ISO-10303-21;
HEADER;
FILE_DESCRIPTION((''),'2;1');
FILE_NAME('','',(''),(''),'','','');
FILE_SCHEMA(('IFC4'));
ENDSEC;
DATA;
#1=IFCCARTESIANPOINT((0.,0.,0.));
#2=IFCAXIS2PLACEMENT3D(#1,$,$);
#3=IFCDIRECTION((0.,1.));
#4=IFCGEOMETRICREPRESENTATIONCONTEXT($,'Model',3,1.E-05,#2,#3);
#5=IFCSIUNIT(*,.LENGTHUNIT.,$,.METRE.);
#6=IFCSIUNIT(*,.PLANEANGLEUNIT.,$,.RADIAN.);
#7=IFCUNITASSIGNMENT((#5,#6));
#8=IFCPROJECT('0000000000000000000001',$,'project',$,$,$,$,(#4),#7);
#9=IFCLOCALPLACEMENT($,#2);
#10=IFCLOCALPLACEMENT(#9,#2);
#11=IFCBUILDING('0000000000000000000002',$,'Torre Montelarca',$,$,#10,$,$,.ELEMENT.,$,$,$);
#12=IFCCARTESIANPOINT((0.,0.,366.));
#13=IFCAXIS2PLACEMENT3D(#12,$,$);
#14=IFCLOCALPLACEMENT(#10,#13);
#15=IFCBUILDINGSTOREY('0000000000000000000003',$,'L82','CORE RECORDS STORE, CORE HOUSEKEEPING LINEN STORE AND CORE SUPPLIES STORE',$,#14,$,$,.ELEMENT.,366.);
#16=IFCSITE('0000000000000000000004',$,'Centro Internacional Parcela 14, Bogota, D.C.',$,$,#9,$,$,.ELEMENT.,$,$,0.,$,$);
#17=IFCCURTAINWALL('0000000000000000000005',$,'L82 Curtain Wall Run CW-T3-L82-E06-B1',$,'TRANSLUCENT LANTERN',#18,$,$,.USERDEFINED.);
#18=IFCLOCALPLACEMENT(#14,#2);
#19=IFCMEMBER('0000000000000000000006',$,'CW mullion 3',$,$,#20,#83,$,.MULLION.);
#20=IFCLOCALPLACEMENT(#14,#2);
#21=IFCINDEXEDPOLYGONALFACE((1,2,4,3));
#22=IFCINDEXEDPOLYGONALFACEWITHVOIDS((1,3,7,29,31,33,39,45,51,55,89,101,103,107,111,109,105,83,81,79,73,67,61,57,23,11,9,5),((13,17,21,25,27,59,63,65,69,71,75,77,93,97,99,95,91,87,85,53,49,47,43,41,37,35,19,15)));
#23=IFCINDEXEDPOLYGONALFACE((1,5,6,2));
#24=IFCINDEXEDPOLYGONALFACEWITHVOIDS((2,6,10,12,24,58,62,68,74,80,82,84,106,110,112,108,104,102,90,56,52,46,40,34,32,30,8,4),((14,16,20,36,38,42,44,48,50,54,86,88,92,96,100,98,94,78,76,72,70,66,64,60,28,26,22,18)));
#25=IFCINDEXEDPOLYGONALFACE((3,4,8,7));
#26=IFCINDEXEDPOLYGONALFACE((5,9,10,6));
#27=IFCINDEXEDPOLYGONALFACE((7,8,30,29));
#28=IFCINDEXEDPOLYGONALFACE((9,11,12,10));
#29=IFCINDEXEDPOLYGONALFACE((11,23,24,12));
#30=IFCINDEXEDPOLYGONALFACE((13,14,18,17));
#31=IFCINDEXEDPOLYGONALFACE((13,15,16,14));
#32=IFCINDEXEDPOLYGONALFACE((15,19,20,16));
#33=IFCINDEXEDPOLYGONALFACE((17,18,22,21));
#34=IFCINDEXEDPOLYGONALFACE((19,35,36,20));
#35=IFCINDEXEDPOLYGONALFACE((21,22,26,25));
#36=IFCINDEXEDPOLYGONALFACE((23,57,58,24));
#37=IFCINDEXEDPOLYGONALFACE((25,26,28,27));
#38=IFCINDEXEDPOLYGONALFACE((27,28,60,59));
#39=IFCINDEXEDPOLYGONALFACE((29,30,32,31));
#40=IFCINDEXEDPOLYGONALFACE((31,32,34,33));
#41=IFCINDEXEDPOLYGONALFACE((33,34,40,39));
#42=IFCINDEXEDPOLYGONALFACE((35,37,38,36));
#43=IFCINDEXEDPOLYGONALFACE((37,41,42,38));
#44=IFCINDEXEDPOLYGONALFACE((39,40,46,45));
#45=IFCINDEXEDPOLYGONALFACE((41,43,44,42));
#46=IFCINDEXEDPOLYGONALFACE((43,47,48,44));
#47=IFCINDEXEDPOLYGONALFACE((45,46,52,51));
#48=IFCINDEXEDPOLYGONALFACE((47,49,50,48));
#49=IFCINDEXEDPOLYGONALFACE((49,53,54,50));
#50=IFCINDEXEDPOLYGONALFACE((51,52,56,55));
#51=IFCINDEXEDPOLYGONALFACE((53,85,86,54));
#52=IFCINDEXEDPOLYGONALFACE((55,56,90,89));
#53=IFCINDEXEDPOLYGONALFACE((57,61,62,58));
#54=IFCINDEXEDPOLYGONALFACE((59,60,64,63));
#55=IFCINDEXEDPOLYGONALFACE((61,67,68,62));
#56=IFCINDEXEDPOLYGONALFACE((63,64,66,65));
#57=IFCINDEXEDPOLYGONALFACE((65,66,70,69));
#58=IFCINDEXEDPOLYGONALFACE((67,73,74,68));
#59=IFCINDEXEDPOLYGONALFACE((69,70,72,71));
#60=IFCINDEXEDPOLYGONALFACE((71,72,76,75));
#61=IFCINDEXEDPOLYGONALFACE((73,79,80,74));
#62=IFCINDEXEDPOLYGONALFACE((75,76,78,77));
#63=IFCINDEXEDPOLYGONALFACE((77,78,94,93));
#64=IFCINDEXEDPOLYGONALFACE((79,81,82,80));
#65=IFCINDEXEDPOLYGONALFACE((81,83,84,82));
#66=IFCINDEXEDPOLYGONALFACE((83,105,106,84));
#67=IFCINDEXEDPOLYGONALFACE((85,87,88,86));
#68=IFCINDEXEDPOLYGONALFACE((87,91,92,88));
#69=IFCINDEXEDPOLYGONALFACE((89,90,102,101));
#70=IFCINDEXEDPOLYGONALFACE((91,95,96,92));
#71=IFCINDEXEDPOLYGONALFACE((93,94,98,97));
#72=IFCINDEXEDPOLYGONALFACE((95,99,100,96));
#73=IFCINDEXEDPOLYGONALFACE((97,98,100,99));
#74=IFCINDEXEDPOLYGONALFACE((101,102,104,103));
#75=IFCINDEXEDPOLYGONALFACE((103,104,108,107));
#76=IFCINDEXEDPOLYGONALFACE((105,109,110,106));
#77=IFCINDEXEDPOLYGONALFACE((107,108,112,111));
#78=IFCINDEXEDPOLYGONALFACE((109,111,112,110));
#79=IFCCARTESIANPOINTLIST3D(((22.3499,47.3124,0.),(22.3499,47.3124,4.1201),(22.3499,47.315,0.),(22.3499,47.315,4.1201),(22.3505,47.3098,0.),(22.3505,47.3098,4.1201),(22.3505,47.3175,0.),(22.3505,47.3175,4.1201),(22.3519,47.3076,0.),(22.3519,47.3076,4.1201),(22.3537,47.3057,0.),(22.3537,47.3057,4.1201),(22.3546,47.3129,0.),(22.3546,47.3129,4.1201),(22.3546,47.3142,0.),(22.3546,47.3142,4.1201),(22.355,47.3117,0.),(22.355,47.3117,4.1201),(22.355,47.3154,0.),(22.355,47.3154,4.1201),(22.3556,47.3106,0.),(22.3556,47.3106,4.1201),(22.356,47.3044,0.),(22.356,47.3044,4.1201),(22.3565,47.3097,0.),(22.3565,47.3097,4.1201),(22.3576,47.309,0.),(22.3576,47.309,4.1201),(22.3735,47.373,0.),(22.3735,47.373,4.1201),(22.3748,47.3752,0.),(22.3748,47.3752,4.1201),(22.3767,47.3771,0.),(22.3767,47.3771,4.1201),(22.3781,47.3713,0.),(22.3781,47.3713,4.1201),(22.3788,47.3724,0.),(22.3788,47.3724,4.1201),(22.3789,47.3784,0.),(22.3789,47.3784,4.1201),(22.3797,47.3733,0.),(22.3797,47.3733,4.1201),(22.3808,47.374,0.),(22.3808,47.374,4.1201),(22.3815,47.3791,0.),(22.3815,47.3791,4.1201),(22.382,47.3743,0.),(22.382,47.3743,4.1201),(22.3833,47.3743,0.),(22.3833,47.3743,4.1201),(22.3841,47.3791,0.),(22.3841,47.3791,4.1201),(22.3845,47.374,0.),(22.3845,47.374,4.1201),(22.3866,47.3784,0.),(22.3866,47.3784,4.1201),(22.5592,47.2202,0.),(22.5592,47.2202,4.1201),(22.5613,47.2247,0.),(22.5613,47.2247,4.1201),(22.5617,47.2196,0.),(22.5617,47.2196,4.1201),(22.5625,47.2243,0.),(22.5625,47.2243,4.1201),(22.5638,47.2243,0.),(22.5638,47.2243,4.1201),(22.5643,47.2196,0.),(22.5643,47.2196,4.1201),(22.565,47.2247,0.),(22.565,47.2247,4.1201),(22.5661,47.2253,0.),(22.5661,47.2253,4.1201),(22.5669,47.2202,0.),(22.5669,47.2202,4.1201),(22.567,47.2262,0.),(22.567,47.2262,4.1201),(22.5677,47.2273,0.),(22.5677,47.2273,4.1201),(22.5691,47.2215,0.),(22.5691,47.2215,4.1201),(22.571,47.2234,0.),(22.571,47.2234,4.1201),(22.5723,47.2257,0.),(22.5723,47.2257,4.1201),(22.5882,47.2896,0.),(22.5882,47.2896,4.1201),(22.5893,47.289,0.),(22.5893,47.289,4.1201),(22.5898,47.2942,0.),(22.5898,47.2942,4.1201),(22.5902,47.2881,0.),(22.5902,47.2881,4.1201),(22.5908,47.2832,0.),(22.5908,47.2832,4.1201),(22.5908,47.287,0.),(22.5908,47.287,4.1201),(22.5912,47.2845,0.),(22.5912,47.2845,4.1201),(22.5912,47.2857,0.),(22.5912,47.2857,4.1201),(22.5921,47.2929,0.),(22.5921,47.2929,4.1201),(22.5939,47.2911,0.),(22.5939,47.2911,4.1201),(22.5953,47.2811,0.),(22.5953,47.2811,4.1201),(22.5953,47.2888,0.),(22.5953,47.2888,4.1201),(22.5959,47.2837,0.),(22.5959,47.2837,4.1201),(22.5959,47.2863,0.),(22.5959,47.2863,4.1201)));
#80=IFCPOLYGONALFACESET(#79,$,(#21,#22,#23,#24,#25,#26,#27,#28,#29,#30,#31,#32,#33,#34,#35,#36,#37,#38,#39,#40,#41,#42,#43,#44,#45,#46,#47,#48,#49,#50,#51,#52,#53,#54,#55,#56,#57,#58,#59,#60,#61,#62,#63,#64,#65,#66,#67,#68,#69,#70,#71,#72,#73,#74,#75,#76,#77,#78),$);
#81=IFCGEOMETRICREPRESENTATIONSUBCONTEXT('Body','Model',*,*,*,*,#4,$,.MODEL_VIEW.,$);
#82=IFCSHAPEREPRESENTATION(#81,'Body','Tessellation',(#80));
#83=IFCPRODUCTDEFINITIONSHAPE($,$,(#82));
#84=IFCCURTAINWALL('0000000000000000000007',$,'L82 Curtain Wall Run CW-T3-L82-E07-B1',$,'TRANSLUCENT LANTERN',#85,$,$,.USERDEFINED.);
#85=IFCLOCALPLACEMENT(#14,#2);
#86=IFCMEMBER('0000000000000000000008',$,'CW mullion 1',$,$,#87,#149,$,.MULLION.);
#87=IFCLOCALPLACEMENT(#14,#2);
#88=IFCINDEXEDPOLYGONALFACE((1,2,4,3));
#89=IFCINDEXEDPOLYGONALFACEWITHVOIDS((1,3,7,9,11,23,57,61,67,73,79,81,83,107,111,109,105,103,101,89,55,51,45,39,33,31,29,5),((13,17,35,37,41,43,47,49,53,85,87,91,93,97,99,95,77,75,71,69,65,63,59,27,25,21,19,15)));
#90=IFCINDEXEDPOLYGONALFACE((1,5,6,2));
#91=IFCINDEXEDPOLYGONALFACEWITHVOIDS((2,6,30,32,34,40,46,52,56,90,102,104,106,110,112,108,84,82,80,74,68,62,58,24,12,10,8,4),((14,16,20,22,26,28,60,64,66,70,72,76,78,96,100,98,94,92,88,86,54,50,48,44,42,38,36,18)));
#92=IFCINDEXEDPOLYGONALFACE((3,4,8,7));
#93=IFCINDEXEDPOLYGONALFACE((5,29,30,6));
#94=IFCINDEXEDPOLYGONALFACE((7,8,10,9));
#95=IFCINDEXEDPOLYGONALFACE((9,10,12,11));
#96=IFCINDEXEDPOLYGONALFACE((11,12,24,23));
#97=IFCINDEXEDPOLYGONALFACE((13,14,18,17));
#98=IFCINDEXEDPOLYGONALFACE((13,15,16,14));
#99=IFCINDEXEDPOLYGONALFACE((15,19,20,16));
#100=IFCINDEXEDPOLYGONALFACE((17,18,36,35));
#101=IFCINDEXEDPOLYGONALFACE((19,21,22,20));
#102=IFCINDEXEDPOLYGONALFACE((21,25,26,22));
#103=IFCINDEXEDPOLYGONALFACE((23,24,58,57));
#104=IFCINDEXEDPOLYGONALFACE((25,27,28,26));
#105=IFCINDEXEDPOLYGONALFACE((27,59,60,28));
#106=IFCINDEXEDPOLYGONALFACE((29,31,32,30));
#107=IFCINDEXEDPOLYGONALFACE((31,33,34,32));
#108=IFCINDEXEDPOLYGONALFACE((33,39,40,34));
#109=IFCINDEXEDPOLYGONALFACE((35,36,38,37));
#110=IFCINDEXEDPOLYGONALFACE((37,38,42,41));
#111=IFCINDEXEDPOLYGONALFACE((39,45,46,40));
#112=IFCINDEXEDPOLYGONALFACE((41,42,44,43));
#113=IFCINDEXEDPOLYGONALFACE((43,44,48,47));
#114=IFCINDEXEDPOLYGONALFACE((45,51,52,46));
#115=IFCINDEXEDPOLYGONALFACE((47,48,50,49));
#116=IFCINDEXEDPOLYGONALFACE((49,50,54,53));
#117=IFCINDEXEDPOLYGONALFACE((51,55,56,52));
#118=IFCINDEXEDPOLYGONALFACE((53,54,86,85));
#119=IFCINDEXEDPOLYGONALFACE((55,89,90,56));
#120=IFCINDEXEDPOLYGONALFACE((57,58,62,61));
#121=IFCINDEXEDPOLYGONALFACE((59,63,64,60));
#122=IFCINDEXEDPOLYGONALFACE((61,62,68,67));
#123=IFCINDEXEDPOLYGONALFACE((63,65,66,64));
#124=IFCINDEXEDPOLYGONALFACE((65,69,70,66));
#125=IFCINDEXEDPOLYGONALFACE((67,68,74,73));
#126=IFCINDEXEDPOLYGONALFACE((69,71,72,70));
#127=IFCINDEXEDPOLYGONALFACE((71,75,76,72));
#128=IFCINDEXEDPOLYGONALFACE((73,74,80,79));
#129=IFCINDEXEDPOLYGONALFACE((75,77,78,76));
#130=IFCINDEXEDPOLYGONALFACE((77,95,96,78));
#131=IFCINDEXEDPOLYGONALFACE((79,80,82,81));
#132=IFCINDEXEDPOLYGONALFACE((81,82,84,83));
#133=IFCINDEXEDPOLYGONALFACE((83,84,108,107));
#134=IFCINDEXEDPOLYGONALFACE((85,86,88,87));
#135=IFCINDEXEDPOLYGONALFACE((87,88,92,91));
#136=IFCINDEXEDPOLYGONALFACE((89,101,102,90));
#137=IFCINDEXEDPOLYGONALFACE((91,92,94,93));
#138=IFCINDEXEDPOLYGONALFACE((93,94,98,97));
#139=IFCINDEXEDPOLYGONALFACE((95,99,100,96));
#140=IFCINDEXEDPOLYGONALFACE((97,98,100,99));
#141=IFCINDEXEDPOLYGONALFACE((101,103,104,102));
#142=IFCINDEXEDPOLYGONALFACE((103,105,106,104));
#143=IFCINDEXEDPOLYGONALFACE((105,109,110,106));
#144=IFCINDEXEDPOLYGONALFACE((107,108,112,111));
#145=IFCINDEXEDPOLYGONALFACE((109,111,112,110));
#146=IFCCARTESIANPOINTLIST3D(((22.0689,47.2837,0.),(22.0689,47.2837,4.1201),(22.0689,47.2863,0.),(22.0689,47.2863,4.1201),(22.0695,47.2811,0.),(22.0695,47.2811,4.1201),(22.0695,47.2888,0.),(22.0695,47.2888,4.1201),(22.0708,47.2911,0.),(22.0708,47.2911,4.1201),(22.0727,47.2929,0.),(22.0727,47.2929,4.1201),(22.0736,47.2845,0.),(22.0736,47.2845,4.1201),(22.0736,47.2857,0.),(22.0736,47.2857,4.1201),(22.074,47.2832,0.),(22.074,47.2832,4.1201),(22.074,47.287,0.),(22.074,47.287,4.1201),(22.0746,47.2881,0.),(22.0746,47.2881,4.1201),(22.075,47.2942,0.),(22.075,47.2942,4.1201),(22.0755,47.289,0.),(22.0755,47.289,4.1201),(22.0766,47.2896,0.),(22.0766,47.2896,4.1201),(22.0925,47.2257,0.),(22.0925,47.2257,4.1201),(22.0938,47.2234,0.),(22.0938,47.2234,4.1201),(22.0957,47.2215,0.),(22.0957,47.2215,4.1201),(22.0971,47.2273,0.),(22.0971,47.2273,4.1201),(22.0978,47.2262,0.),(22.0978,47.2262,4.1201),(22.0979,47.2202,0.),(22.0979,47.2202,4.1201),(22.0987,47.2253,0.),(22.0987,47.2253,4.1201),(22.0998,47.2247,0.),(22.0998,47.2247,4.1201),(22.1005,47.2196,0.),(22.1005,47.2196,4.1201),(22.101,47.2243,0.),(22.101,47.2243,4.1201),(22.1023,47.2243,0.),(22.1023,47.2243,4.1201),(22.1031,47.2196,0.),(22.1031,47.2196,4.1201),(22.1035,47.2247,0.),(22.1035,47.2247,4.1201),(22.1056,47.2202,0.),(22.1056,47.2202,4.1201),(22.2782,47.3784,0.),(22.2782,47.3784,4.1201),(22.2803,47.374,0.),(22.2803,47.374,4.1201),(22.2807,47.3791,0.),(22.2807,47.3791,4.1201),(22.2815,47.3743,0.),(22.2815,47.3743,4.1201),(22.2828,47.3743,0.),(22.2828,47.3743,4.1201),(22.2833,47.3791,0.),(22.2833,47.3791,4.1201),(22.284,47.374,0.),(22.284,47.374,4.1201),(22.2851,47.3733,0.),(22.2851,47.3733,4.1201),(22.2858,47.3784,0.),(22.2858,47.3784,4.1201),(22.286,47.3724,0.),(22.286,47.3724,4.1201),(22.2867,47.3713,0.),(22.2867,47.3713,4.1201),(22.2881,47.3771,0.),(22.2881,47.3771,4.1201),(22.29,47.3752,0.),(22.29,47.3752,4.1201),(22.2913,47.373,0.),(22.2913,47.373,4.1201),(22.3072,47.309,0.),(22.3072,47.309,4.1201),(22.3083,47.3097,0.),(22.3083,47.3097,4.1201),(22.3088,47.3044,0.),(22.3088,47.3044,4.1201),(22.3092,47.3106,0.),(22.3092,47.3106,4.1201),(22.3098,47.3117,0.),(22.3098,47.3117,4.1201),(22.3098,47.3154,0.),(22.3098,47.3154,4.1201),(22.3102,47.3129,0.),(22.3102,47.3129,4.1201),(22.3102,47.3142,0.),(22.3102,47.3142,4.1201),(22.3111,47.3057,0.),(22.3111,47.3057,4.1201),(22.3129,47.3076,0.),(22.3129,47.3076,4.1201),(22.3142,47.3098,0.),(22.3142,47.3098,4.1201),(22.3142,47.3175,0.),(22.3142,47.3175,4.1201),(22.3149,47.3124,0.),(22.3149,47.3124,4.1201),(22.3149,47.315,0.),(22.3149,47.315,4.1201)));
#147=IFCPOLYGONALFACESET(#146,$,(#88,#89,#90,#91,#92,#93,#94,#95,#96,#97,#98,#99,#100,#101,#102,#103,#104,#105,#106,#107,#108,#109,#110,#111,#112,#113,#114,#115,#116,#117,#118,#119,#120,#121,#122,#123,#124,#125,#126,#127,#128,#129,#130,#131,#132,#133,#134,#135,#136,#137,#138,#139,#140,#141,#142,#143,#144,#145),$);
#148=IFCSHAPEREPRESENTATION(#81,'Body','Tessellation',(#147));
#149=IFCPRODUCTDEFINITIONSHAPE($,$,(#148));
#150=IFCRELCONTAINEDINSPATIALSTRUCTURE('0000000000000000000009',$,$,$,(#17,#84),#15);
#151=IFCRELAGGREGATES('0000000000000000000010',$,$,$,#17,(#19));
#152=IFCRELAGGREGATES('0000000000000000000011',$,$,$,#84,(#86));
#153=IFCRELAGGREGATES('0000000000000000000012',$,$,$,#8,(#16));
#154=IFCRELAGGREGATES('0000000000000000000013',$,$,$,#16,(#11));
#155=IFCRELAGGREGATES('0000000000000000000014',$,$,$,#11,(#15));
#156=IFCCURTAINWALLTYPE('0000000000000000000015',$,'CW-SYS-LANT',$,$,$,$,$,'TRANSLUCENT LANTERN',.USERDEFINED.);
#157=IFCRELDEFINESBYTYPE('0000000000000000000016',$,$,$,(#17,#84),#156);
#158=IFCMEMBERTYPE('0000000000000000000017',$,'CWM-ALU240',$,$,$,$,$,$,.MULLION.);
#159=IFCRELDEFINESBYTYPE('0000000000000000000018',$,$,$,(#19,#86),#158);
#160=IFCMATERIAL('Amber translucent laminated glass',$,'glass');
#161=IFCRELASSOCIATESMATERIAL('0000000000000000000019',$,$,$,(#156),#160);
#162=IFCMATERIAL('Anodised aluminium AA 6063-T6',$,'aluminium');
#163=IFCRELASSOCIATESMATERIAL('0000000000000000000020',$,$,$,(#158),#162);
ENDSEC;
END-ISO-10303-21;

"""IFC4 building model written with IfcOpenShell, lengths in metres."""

from ifc_helpers import new_model, si_unit, direction, frame, origin, origin_2d, place, context, subcontext, project, spatial, hollow_rectangle, extrude, source, transform, mapped, material, material_profile, profile_set, type_object, element, aggregate, save


model = new_model("IFC4")

# Units and contexts
model_context = context("Model", 3, precision=1e-05, world=origin(), true_north=direction((0.0, 1.0)))
body_context = subcontext(model_context, "Body", "Model", "MODEL_VIEW")
ifc_project = project(units=[si_unit("LENGTHUNIT", "METRE"), si_unit("PLANEANGLEUNIT", "RADIAN")], contexts=[model_context])

# Site, building, storey
site_placement = place(None, origin())
site = spatial("IfcSite", under=ifc_project, at=site_placement, Name="Centro Internacional Parcela 14, Bogota, D.C.", CompositionType="ELEMENT", RefElevation=0.0)
building_placement = place(site_placement, origin())
building = spatial("IfcBuilding", under=site, at=building_placement, Name="Torre Montelarca", CompositionType="ELEMENT")
storey_placement = place(building_placement, frame((0.0, 0.0, 366.0)))
storey = spatial("IfcBuildingStorey", under=building, at=storey_placement, Name="L82", Description="CORE RECORDS STORE, CORE HOUSEKEEPING LINEN STORE AND CORE SUPPLIES STORE", CompositionType="ELEMENT", Elevation=366.0)

# Curtain wall, member
ifc_material_1 = material(Name="Amber translucent laminated glass", Category="glass")
curtain_wall_type = type_object("IfcCurtainWallType", Name="CW-SYS-LANT", ElementType="TRANSLUCENT LANTERN", PredefinedType="USERDEFINED", material=ifc_material_1)
curtain_wall_1_placement = place(storey_placement, origin())
curtain_wall_1 = element("IfcCurtainWall", 1, at=curtain_wall_1_placement, inside=storey, type_object=curtain_wall_type, Name="L82 Curtain Wall Run CW-T3-L82-E06-B1", ObjectType="TRANSLUCENT LANTERN", PredefinedType="USERDEFINED")
ifc_material_2 = material(Name="Anodised aluminium AA 6063-T6", Category="aluminium")
ifc_material_profile_1 = material_profile(ifc_material_2, hollow_rectangle(XDim=0.0801, YDim=0.24, WallThickness=0.0049, InnerFilletRadius=0.0049, OuterFilletRadius=0.01, at=origin_2d()), Name="ALU80X240X5", Category="aluminium")
ifc_profile_set_1 = profile_set([ifc_material_profile_1], Name="Anodised aluminium AA 6063-T6")
member_type_1 = type_object("IfcMemberType", Name="CWM-ALU240", PredefinedType="MULLION", material=ifc_profile_set_1)
shared_shape_1 = source(origin(), body_context, "Body", "SweptSolid", [
    extrude(hollow_rectangle(XDim=0.0801, YDim=0.24, WallThickness=0.0049, InnerFilletRadius=0.0049, OuterFilletRadius=0.01, at=origin_2d()), origin(), (0.0, 0.0, 1.0), 4.1201),
])
member_1_placement = place(storey_placement, frame((22.4729, 47.2993, 0.0), z_axis=(0.0, 0.0, 1.0), x_axis=(-0.382676, -0.923883, 0.0)))
member_1 = element("IfcMember", 2, at=member_1_placement, type_object=member_type_1, Name="CW mullion 3", PredefinedType="MULLION", context=body_context, shape_type="MappedRepresentation", body=[
    mapped(shared_shape_1, transform((0.0, 0.0, 0.0), scale=1.0)),
])

# Curtain wall, member
curtain_wall_2_placement = place(storey_placement, origin())
curtain_wall_2 = element("IfcCurtainWall", 3, at=curtain_wall_2_placement, inside=storey, type_object=curtain_wall_type, Name="L82 Curtain Wall Run CW-T3-L82-E07-B1", ObjectType="TRANSLUCENT LANTERN", PredefinedType="USERDEFINED")
member_2_placement = place(storey_placement, frame((22.1919, 47.2993, 0.0), z_axis=(0.0, 0.0, 1.0), x_axis=(0.382685, -0.923879, 0.0)))
member_2 = element("IfcMember", 4, at=member_2_placement, type_object=member_type_1, Name="CW mullion 1", PredefinedType="MULLION", context=body_context, shape_type="MappedRepresentation", body=[
    mapped(shared_shape_1, transform((0.0, 0.0, 0.0), scale=1.0)),
])

aggregate(curtain_wall_1, [member_1])
aggregate(curtain_wall_2, [member_2])

save(model, "model.ifc")
